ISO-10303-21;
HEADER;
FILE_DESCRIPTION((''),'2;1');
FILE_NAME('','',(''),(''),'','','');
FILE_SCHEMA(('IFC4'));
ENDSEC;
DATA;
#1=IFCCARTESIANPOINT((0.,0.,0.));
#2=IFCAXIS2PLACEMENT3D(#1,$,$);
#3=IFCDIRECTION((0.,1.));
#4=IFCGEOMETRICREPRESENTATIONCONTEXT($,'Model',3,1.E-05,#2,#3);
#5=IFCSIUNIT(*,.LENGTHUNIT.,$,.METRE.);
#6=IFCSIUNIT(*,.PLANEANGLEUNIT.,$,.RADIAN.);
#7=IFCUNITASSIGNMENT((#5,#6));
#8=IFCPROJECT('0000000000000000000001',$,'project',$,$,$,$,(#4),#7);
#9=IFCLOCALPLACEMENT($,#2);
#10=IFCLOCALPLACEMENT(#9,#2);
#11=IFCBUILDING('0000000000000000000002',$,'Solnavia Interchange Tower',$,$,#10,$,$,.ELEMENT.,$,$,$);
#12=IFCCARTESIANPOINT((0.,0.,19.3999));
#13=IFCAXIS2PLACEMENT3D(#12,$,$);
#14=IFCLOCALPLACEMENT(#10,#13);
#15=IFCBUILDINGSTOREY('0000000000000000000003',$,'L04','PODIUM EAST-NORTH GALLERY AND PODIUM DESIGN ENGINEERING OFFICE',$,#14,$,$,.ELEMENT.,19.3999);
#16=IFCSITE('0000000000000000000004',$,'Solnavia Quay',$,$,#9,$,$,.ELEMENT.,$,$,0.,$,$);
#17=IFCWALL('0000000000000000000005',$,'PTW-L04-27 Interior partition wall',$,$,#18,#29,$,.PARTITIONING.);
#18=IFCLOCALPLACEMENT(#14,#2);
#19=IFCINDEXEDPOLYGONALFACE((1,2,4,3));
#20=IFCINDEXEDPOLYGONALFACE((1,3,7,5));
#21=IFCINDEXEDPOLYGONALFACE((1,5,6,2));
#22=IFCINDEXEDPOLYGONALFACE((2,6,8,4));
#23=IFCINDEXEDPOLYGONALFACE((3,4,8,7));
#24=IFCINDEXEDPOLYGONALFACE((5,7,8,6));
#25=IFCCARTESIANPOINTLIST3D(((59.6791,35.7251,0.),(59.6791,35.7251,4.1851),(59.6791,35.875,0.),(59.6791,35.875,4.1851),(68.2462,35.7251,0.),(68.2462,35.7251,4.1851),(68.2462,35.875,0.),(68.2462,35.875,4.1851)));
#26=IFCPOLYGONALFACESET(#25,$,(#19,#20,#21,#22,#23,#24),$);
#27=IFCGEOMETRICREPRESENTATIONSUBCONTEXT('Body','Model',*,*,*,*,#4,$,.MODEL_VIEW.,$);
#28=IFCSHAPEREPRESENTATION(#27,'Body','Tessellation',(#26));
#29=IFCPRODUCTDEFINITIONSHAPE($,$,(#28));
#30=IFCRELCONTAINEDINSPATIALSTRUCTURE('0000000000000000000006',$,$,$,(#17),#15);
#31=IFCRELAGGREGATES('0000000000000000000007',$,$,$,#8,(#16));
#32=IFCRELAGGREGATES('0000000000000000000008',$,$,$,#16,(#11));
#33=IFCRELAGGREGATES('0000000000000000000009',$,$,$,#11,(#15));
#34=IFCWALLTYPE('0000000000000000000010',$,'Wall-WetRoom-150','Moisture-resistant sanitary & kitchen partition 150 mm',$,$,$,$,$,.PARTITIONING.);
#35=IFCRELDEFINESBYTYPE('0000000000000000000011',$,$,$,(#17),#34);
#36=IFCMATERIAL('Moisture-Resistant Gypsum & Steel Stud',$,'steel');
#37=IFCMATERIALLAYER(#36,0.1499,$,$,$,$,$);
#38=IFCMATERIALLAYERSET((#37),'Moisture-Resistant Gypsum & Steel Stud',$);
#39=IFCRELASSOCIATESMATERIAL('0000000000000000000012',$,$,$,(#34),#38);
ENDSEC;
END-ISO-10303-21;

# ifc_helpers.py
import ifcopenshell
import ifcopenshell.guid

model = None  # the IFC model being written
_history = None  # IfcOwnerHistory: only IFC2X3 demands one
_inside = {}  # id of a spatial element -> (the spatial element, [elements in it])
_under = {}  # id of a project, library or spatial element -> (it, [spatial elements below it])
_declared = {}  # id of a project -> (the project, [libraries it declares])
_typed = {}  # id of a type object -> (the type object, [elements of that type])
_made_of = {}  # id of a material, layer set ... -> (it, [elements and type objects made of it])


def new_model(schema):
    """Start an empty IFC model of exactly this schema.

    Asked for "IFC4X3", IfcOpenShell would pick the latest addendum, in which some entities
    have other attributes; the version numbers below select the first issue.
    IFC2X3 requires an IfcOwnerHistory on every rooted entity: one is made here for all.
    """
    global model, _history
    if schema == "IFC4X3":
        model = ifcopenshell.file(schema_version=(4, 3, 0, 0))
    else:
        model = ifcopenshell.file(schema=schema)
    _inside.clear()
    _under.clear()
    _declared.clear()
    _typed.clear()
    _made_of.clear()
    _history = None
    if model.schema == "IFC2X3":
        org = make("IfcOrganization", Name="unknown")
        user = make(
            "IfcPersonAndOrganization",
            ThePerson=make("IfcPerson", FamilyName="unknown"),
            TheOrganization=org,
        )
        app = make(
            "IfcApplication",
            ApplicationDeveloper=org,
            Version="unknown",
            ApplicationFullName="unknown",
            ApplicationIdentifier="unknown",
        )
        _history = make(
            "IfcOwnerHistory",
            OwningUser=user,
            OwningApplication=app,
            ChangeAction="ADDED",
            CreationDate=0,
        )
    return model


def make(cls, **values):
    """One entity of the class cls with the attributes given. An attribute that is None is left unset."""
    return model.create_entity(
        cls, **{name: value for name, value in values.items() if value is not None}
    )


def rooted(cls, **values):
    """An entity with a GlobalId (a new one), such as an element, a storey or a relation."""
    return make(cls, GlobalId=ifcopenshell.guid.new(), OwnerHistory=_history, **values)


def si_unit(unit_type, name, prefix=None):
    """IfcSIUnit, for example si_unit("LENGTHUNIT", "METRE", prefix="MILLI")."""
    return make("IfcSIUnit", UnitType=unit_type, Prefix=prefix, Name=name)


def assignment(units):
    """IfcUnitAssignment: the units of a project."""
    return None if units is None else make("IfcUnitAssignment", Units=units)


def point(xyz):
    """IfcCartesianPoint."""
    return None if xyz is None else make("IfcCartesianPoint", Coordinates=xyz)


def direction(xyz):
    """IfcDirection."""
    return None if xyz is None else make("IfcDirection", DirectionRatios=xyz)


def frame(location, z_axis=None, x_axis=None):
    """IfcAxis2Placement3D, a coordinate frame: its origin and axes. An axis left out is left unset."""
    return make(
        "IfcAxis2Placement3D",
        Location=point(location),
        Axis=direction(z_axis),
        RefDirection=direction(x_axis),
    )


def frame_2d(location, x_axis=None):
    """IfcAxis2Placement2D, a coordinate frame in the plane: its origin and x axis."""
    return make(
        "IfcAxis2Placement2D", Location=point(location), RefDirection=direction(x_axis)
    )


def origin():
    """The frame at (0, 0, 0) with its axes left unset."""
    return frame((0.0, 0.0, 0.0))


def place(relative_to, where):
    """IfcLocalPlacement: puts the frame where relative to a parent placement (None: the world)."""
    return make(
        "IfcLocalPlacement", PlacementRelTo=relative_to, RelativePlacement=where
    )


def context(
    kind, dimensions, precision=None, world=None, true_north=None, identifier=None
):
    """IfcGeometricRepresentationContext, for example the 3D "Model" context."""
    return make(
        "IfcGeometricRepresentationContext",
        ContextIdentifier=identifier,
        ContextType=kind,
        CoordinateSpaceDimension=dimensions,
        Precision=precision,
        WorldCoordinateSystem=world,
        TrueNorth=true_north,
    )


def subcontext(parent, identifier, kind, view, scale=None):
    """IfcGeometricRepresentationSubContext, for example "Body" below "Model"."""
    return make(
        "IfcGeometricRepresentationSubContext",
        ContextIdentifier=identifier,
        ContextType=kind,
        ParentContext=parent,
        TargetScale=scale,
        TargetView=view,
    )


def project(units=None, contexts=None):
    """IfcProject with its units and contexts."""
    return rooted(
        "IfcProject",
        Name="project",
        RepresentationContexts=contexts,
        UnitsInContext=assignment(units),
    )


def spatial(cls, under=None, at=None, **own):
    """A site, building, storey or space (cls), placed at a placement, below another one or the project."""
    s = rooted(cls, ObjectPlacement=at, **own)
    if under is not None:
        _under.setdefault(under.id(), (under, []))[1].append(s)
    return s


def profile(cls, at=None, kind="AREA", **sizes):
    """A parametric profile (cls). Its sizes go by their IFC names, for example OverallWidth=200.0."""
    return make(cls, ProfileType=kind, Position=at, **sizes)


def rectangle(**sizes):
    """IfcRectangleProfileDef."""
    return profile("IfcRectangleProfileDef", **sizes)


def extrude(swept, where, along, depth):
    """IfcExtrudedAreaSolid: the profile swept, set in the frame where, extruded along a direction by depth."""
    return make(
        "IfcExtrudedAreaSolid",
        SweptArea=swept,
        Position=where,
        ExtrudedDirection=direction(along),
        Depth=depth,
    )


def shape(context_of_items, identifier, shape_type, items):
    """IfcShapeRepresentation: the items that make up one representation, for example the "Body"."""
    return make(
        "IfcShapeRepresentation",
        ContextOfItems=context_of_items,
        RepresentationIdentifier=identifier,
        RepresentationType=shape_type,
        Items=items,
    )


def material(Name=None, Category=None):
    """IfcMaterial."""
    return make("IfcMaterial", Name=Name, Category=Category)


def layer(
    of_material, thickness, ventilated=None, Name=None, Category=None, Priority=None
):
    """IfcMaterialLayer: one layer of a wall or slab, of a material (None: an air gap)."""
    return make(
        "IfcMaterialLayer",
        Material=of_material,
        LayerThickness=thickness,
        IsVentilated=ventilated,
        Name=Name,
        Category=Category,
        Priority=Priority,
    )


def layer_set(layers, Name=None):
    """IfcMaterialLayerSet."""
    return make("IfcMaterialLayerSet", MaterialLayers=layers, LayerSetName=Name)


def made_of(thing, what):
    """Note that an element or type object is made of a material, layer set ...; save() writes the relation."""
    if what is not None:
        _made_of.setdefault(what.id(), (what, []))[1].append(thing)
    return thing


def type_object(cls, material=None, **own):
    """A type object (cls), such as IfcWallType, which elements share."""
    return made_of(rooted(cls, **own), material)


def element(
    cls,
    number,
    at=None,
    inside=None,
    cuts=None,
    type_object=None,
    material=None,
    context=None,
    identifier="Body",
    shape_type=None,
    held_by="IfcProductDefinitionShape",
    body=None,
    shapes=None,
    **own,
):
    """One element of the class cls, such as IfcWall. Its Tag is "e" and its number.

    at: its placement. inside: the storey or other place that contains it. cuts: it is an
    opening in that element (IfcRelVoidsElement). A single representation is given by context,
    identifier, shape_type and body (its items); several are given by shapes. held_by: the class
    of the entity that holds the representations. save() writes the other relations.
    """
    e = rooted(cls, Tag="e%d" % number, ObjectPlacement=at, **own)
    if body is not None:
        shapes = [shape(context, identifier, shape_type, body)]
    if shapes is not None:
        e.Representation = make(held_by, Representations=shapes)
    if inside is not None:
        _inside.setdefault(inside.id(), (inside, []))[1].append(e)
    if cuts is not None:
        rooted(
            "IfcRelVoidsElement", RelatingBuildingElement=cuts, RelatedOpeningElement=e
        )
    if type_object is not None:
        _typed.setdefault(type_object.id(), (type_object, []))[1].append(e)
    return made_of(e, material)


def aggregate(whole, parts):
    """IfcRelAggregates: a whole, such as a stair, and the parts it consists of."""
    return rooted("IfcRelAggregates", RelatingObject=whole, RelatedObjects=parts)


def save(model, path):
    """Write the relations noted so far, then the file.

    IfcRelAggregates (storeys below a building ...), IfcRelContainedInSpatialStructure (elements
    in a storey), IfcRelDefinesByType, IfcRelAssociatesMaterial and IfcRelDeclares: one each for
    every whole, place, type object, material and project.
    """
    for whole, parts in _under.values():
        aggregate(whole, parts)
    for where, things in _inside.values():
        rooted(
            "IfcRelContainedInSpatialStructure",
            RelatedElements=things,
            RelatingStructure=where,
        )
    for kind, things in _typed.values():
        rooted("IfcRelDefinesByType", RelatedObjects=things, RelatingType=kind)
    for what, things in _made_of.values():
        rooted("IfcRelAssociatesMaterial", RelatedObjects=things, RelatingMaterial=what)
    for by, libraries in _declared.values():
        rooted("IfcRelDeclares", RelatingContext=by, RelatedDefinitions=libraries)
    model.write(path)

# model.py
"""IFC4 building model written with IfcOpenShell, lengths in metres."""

from ifc_helpers import new_model, si_unit, direction, frame, frame_2d, origin, place, context, subcontext, project, spatial, rectangle, extrude, material, layer, layer_set, type_object, element, save


model = new_model("IFC4")

# Units and contexts
model_context = context("Model", 3, precision=1e-05, world=origin(), true_north=direction((0.0, 1.0)))
body_context = subcontext(model_context, "Body", "Model", "MODEL_VIEW")
ifc_project = project(units=[si_unit("LENGTHUNIT", "METRE"), si_unit("PLANEANGLEUNIT", "RADIAN")], contexts=[model_context])

# Site, building, storey
site_placement = place(None, origin())
site = spatial("IfcSite", under=ifc_project, at=site_placement, Name="Solnavia Quay", CompositionType="ELEMENT", RefElevation=0.0)
building_placement = place(site_placement, origin())
building = spatial("IfcBuilding", under=site, at=building_placement, Name="Solnavia Interchange Tower", CompositionType="ELEMENT")
storey_placement = place(building_placement, frame((0.0, 0.0, 19.3999)))
storey = spatial("IfcBuildingStorey", under=building, at=storey_placement, Name="L04", Description="PODIUM EAST-NORTH GALLERY AND PODIUM DESIGN ENGINEERING OFFICE", CompositionType="ELEMENT", Elevation=19.3999)

# Shared definitions
ifc_material_1 = material(Name="Moisture-Resistant Gypsum & Steel Stud", Category="steel")
ifc_layer_1 = layer(ifc_material_1, 0.1499)
ifc_layer_set_1 = layer_set([ifc_layer_1], Name="Moisture-Resistant Gypsum & Steel Stud")
wall_type_1 = type_object("IfcWallType", Name="Wall-WetRoom-150", Description="Moisture-resistant sanitary & kitchen partition 150 mm", PredefinedType="PARTITIONING", material=ifc_layer_set_1)

# Wall
wall_1_placement = place(storey_placement, frame((59.679, 35.8, 0.0), z_axis=(0.0, 0.0, 1.0), x_axis=(1.0, 0.0, 0.0)))
element("IfcWall", 1, at=wall_1_placement, inside=storey, type_object=wall_type_1, Name="PTW-L04-27 Interior partition wall", PredefinedType="PARTITIONING", context=body_context, shape_type="SweptSolid", body=[
    extrude(rectangle(XDim=8.5671, YDim=0.1499, at=frame_2d((4.2837, 0.0))), origin(), (0.0, 0.0, 1.0), 4.1851),
])

save(model, "model.ifc")
